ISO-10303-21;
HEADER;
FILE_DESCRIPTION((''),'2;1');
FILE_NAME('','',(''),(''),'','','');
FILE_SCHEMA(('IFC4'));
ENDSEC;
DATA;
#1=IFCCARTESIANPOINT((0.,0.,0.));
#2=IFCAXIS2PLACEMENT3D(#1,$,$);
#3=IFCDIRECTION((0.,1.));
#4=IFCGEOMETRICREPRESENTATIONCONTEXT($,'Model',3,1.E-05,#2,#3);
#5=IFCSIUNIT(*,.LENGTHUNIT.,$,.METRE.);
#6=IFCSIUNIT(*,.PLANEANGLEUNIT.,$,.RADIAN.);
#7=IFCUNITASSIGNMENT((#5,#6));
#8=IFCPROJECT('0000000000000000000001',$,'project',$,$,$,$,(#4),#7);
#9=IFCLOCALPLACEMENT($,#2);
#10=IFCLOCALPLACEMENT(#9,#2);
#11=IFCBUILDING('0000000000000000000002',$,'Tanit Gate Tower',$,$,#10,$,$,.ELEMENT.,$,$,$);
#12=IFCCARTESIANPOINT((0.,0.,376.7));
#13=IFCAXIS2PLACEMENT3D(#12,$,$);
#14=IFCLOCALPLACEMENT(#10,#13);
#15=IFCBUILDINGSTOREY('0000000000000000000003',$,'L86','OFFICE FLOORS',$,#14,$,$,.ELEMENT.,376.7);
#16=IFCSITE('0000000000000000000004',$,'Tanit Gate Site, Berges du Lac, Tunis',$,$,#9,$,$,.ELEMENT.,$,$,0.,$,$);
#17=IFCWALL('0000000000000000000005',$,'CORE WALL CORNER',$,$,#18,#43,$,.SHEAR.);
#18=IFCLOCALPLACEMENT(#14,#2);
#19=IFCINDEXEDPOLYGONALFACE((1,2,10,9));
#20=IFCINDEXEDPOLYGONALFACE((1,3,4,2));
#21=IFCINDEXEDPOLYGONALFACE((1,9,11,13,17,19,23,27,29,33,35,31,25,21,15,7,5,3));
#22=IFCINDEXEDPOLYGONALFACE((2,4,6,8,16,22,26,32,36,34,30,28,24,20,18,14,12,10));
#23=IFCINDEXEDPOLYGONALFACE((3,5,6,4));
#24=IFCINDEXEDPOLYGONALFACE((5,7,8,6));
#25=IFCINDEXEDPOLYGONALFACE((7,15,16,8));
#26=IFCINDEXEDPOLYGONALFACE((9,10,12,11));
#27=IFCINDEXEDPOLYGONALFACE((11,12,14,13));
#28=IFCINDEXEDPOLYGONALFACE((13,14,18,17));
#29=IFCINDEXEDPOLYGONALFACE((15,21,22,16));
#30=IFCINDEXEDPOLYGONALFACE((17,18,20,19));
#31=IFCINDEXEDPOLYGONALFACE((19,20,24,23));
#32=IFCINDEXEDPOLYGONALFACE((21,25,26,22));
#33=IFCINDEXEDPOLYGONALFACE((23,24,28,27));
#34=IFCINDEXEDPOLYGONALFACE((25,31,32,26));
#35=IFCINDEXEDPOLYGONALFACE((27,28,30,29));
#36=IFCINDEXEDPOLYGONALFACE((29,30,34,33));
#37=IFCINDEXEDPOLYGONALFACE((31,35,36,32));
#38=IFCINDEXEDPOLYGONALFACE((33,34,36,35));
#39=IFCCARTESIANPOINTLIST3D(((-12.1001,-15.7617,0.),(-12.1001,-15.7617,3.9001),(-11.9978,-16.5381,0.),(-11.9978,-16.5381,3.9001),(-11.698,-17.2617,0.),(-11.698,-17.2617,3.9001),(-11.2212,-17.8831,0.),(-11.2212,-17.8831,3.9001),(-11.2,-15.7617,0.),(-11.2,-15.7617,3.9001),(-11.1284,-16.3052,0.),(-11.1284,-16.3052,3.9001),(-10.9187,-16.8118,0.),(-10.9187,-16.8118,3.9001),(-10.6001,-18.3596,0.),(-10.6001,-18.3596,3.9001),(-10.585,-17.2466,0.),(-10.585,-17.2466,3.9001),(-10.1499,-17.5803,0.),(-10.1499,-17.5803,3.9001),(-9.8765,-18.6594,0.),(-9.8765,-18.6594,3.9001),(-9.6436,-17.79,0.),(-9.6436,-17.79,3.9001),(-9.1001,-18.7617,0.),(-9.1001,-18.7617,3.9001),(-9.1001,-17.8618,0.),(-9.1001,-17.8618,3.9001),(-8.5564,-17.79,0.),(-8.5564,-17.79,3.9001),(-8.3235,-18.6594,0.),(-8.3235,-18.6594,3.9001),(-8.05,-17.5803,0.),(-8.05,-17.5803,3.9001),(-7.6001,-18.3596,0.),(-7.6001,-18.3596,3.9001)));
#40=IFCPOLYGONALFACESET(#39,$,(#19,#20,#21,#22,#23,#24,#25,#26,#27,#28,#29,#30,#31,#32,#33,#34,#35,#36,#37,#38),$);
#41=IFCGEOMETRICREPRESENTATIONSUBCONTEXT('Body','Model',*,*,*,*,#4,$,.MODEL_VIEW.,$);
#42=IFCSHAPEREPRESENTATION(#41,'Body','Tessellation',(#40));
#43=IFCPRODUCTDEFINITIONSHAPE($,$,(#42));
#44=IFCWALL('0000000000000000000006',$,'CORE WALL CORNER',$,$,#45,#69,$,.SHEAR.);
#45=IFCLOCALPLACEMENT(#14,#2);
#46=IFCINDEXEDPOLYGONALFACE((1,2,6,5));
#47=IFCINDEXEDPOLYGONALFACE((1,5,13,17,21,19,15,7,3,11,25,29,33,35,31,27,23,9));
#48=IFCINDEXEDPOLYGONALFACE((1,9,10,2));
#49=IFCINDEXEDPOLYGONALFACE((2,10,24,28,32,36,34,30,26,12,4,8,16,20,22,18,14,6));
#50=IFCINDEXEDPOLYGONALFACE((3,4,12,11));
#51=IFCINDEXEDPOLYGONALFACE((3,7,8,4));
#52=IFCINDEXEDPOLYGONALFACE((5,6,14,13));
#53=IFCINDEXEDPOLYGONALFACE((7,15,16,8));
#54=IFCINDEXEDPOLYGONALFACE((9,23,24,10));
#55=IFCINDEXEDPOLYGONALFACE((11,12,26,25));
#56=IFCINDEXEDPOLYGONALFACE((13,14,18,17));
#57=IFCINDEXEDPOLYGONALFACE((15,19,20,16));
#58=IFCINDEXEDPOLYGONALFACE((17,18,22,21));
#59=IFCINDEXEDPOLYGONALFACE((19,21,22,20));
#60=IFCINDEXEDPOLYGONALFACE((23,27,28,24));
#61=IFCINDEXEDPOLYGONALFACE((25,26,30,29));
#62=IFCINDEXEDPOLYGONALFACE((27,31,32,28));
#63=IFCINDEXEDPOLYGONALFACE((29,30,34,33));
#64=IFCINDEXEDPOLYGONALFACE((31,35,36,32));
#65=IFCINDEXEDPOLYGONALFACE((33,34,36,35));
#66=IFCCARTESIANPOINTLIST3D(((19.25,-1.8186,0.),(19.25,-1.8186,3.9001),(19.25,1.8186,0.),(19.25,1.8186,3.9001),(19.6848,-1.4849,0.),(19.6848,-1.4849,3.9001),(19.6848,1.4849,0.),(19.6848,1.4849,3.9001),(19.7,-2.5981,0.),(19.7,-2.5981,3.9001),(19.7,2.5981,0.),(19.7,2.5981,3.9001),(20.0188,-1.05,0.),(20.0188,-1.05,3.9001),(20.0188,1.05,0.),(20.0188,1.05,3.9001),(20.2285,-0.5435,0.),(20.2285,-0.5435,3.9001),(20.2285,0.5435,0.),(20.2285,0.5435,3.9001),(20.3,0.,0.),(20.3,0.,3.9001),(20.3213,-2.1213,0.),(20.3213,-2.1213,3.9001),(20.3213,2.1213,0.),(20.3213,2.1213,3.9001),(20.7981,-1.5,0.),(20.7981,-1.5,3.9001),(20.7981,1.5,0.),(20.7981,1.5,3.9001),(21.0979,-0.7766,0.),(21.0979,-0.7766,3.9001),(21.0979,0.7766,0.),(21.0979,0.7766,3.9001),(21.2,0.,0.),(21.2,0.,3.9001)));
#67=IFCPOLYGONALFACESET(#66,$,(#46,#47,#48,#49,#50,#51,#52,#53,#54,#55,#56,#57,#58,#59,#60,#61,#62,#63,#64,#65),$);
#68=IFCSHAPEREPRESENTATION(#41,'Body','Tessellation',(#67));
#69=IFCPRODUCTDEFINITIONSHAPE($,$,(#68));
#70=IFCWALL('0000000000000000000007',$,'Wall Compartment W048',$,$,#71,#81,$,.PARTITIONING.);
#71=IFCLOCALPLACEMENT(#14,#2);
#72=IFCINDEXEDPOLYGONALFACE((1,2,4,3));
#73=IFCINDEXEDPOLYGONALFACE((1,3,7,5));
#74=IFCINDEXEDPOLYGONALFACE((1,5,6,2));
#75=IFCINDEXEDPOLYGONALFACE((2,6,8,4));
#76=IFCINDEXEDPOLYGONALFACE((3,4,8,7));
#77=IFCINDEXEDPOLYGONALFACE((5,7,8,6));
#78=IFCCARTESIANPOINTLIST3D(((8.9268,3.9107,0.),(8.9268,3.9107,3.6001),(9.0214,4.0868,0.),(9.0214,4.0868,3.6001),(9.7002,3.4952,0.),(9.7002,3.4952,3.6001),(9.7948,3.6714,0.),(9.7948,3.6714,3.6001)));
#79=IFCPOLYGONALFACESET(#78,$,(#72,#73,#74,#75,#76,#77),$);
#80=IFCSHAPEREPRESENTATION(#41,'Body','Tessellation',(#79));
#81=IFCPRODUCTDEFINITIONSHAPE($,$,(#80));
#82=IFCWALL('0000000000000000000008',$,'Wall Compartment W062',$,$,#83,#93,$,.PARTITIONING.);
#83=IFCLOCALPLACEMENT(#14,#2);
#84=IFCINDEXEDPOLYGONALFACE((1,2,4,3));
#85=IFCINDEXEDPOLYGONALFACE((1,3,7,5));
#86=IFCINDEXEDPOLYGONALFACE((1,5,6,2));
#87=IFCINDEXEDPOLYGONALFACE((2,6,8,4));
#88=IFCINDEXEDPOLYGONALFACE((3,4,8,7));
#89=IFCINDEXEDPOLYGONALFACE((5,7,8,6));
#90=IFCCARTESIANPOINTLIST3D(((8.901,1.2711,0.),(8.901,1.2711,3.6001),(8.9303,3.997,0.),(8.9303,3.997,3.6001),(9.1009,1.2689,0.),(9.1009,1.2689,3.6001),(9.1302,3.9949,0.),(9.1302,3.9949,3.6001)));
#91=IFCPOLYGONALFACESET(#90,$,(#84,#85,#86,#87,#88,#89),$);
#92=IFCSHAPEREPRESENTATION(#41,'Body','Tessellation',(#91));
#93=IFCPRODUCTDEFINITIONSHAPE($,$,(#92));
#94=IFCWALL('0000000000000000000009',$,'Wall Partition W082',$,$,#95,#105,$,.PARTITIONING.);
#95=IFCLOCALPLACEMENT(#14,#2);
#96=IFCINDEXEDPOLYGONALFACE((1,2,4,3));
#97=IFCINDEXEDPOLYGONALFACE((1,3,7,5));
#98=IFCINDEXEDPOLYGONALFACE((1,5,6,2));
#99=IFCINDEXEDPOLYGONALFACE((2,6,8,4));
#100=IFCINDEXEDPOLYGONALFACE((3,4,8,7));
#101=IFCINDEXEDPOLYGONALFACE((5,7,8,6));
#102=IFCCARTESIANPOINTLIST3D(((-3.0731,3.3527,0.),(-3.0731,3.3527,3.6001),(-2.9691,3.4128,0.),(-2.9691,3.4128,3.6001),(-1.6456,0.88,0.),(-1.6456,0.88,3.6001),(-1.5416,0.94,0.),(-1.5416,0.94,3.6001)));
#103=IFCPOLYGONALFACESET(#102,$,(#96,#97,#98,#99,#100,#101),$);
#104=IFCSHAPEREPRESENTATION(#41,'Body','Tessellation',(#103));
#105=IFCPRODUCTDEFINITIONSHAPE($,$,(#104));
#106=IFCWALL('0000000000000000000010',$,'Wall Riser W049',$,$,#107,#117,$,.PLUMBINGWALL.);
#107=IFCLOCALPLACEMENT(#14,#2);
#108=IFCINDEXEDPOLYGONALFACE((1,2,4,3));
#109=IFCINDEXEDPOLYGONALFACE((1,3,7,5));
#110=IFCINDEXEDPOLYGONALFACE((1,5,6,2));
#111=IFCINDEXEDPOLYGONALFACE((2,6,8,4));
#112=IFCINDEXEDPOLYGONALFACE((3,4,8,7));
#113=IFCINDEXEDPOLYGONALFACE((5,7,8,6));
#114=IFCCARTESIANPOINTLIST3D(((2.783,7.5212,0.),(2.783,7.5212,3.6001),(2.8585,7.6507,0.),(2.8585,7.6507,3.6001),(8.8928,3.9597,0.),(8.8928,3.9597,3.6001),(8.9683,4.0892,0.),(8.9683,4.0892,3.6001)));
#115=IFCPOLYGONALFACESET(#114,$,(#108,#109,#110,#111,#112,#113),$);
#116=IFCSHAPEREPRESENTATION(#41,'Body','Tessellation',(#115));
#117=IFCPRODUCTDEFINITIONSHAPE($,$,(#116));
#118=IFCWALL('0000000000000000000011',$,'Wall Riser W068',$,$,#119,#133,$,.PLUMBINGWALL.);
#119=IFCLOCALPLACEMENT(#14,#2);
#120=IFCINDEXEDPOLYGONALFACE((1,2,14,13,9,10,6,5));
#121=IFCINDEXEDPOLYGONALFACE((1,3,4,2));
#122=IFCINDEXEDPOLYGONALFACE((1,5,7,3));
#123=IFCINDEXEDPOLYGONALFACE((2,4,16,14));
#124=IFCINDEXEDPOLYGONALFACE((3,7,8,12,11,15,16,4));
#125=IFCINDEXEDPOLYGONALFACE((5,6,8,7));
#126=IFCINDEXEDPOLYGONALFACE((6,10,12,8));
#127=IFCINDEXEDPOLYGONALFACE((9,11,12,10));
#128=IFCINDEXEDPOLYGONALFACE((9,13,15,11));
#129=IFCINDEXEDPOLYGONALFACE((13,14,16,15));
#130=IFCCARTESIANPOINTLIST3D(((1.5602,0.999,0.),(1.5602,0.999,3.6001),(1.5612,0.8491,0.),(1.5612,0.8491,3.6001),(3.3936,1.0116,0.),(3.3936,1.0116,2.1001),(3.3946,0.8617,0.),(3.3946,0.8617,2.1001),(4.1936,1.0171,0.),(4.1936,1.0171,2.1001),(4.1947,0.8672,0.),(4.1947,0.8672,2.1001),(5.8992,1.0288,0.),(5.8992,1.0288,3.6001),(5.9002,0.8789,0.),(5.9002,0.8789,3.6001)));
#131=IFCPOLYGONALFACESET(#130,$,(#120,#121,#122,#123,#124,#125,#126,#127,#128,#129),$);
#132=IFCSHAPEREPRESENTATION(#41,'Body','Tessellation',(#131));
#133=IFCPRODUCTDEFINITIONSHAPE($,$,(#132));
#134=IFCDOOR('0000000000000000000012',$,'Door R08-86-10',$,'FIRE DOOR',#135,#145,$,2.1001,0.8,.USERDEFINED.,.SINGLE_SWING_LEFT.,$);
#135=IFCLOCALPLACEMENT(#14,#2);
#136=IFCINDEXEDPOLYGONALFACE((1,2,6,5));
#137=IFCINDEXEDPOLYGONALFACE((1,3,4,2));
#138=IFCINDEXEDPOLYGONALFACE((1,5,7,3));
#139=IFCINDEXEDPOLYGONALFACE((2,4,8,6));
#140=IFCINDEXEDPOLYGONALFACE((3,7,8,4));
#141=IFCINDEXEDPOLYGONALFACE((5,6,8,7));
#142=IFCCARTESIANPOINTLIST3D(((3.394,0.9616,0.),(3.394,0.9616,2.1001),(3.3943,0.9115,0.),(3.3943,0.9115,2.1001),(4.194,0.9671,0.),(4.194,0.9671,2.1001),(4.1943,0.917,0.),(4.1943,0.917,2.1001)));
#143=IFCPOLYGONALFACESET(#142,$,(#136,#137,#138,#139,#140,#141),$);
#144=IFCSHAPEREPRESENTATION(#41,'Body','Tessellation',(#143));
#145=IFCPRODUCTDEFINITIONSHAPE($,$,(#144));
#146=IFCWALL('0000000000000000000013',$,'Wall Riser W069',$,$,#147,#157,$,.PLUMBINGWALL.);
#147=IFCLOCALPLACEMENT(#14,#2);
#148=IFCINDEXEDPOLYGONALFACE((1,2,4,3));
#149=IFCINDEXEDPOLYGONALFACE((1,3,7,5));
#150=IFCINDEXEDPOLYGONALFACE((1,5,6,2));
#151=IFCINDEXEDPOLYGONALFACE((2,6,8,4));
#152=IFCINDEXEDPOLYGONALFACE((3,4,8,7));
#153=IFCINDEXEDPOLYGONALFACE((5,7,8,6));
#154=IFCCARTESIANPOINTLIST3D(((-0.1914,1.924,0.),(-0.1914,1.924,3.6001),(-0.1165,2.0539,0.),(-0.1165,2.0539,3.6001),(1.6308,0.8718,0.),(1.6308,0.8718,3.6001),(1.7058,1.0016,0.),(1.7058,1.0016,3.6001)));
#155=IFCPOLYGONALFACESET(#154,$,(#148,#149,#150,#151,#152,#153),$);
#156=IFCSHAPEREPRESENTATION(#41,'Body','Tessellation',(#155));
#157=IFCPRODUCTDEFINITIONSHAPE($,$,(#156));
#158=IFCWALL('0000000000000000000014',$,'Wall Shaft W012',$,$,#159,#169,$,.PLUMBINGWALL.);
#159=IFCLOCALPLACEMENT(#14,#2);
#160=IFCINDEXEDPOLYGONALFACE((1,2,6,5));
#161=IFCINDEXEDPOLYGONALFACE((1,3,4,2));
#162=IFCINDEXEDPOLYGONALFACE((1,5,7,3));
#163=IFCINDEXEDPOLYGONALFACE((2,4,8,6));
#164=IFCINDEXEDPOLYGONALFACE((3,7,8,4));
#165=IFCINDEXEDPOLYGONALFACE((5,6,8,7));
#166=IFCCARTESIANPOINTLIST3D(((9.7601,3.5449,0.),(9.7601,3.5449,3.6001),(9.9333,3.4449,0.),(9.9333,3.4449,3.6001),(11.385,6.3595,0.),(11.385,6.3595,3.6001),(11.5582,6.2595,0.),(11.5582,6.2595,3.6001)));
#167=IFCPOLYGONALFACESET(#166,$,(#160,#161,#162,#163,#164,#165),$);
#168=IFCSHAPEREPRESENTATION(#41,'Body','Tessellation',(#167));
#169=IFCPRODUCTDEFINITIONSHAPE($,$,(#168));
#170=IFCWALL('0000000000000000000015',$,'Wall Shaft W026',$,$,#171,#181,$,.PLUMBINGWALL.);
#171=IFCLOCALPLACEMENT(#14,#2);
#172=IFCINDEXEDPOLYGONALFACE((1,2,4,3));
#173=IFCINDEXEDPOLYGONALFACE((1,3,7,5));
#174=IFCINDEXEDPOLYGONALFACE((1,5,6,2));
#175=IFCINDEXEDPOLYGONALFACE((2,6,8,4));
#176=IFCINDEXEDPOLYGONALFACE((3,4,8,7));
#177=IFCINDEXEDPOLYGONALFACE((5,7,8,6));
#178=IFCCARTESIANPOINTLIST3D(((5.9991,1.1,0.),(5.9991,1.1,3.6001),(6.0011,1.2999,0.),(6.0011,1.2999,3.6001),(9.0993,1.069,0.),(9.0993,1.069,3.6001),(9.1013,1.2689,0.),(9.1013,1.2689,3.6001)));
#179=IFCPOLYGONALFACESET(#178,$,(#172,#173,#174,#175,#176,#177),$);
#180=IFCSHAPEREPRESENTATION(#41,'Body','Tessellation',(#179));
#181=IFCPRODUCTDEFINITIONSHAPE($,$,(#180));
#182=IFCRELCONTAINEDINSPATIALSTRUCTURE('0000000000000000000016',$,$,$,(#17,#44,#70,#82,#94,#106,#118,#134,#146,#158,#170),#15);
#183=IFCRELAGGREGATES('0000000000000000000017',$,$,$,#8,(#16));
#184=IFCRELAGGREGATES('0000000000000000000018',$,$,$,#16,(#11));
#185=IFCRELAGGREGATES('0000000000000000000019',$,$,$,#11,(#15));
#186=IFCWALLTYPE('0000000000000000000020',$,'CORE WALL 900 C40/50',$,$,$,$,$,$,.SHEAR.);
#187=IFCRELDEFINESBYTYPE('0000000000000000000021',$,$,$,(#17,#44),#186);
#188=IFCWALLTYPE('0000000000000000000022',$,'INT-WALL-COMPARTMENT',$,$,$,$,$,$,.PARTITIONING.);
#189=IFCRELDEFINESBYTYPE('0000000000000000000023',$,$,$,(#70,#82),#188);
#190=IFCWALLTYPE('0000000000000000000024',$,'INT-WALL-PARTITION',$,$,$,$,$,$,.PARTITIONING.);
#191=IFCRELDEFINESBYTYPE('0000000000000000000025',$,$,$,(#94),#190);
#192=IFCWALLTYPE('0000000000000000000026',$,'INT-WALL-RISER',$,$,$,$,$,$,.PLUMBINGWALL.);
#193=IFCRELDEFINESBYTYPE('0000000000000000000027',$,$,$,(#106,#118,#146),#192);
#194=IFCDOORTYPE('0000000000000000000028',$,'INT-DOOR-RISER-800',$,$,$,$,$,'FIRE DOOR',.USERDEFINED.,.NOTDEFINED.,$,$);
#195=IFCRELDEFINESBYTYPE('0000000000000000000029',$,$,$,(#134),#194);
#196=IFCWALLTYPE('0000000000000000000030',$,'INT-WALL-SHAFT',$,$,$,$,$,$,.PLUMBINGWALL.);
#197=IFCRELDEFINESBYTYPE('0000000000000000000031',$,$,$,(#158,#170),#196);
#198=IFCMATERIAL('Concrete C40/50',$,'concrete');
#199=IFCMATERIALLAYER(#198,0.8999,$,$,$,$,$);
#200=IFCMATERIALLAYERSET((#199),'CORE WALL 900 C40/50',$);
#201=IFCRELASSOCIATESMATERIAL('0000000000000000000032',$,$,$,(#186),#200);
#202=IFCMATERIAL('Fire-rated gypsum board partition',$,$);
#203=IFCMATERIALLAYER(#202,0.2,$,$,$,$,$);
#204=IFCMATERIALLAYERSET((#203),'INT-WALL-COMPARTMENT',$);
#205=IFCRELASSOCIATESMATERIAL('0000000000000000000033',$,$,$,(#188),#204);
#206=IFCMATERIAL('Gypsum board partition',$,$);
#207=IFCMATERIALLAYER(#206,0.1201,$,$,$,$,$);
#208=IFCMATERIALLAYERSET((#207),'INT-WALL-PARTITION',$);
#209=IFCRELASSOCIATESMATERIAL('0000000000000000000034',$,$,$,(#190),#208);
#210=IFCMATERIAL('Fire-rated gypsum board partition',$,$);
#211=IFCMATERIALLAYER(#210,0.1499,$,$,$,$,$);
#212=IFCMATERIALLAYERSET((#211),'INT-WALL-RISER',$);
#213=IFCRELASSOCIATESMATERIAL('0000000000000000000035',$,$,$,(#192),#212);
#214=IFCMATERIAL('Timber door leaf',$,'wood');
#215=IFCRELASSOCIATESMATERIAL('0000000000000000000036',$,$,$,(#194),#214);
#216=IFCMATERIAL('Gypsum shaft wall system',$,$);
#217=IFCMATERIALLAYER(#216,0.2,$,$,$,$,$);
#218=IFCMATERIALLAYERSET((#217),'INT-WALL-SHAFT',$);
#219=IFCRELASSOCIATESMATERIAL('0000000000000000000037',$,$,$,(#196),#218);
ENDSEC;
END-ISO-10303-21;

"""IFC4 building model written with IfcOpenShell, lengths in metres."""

from ifc_helpers import new_model, si_unit, direction, frame, frame_2d, origin, place, context, subcontext, project, spatial, polyline, rectangle, outline, extrude, material, layer, layer_set, type_object, element, fill, save


model = new_model("IFC4")

# Units and contexts
model_context = context("Model", 3, precision=1e-05, world=origin(), true_north=direction((0.0, 1.0)))
body_context = subcontext(model_context, "Body", "Model", "MODEL_VIEW")
ifc_project = project(units=[si_unit("LENGTHUNIT", "METRE"), si_unit("PLANEANGLEUNIT", "RADIAN")], contexts=[model_context])

# Site, building, storey
site_placement = place(None, origin())
site = spatial("IfcSite", under=ifc_project, at=site_placement, Name="Tanit Gate Site, Berges du Lac, Tunis", CompositionType="ELEMENT", RefElevation=0.0)
building_placement = place(site_placement, origin())
building = spatial("IfcBuilding", under=site, at=building_placement, Name="Tanit Gate Tower", CompositionType="ELEMENT")
storey_placement = place(building_placement, frame((0.0, 0.0, 376.7)))
storey = spatial("IfcBuildingStorey", under=building, at=storey_placement, Name="L86", Description="OFFICE FLOORS", CompositionType="ELEMENT", Elevation=376.7)

# Walls
ifc_material_1 = material(Name="Concrete C40/50", Category="concrete")
ifc_layer_1 = layer(ifc_material_1, 0.8999)
ifc_layer_set_1 = layer_set([ifc_layer_1], Name="CORE WALL 900 C40/50")
wall_type_1 = type_object("IfcWallType", Name="CORE WALL 900 C40/50", PredefinedType="SHEAR", material=ifc_layer_set_1)
wall_1_placement = place(storey_placement, origin())
element("IfcWall", 1, at=wall_1_placement, inside=storey, type_object=wall_type_1, Name="CORE WALL CORNER", PredefinedType="SHEAR", context=body_context, shape_type="SweptSolid", body=[
    extrude(outline(polyline([(-12.1001, -15.7617), (-11.9978, -16.5381), (-11.698, -17.2617), (-11.2212, -17.8831), (-10.6001, -18.3596), (-9.8765, -18.6594), (-9.1001, -18.7617), (-8.3235, -18.6594), (-7.6001, -18.3596), (-8.05, -17.5803), (-8.5564, -17.79), (-9.1001, -17.8618), (-9.6436, -17.79), (-10.1499, -17.5803), (-10.585, -17.2466), (-10.9187, -16.8118), (-11.1284, -16.3052), (-11.2, -15.7617), (-12.1001, -15.7617)])), origin(), (0.0, 0.0, 1.0), 3.9001),
])
wall_2_placement = place(storey_placement, origin())
element("IfcWall", 2, at=wall_2_placement, inside=storey, type_object=wall_type_1, Name="CORE WALL CORNER", PredefinedType="SHEAR", context=body_context, shape_type="SweptSolid", body=[
    extrude(outline(polyline([(19.7, -2.5981), (20.3213, -2.1213), (20.7981, -1.5), (21.0979, -0.7766), (21.2, 0.0), (21.0979, 0.7766), (20.7981, 1.5), (20.3213, 2.1213), (19.7, 2.5981), (19.25, 1.8186), (19.6848, 1.4849), (20.0188, 1.05), (20.2285, 0.5435), (20.3, 0.0), (20.2285, -0.5435), (20.0188, -1.05), (19.6848, -1.4849), (19.25, -1.8186), (19.7, -2.5981)])), origin(), (0.0, 0.0, 1.0), 3.9001),
])
ifc_material_2 = material(Name="Fire-rated gypsum board partition")
ifc_layer_2 = layer(ifc_material_2, 0.2)
ifc_layer_set_2 = layer_set([ifc_layer_2], Name="INT-WALL-COMPARTMENT")
wall_type_2 = type_object("IfcWallType", Name="INT-WALL-COMPARTMENT", PredefinedType="PARTITIONING", material=ifc_layer_set_2)
wall_3_placement = place(storey_placement, frame((8.9741, 3.9988, 0.0), z_axis=(0.0, 0.0, 1.0), x_axis=(0.880917, -0.473271, 0.0)))
element("IfcWall", 3, at=wall_3_placement, inside=storey, type_object=wall_type_2, Name="Wall Compartment W048", PredefinedType="PARTITIONING", context=body_context, shape_type="SweptSolid", body=[
    extrude(rectangle(XDim=0.8779, YDim=0.2, at=frame_2d((0.439, 0.0))), origin(), (0.0, 0.0, 1.0), 3.6001),
])
wall_4_placement = place(storey_placement, frame((9.001, 1.27, 0.0), z_axis=(0.0, 0.0, 1.0), x_axis=(0.010747, 0.999942, 0.0)))
element("IfcWall", 4, at=wall_4_placement, inside=storey, type_object=wall_type_2, Name="Wall Compartment W062", PredefinedType="PARTITIONING", context=body_context, shape_type="SweptSolid", body=[
    extrude(rectangle(XDim=2.7261, YDim=0.2, at=frame_2d((1.363, 0.0))), origin(), (0.0, 0.0, 1.0), 3.6001),
])
ifc_material_3 = material(Name="Gypsum board partition")
ifc_layer_3 = layer(ifc_material_3, 0.1201)
ifc_layer_set_3 = layer_set([ifc_layer_3], Name="INT-WALL-PARTITION")
wall_type_3 = type_object("IfcWallType", Name="INT-WALL-PARTITION", PredefinedType="PARTITIONING", material=ifc_layer_set_3)
wall_5_placement = place(storey_placement, frame((-1.5935, 0.9099, 0.0), z_axis=(0.0, 0.0, 1.0), x_axis=(-0.499974, 0.86604, 0.0)))
element("IfcWall", 5, at=wall_5_placement, inside=storey, type_object=wall_type_3, Name="Wall Partition W082", PredefinedType="PARTITIONING", context=body_context, shape_type="SweptSolid", body=[
    extrude(rectangle(XDim=2.8552, YDim=0.1201, at=frame_2d((1.4277, 0.0))), origin(), (0.0, 0.0, 1.0), 3.6001),
])
ifc_material_4 = material(Name="Fire-rated gypsum board partition")
ifc_layer_4 = layer(ifc_material_4, 0.1499)
ifc_layer_set_4 = layer_set([ifc_layer_4], Name="INT-WALL-RISER")
wall_type_4 = type_object("IfcWallType", Name="INT-WALL-RISER", PredefinedType="PLUMBINGWALL", material=ifc_layer_set_4)
wall_6_placement = place(storey_placement, frame((8.9307, 4.0244, 0.0), z_axis=(0.0, 0.0, 1.0), x_axis=(-0.863937, 0.503601, 0.0)))
element("IfcWall", 6, at=wall_6_placement, inside=storey, type_object=wall_type_4, Name="Wall Riser W049", PredefinedType="PLUMBINGWALL", context=body_context, shape_type="SweptSolid", body=[
    extrude(rectangle(XDim=7.072, YDim=0.1499, at=frame_2d((3.5361, 0.0))), origin(), (0.0, 0.0, 1.0), 3.6001),
])

# Wall, opening, door
wall_7_placement = place(storey_placement, frame((1.5608, 0.9241, 0.0), z_axis=(0.0, 0.0, 1.0), x_axis=(0.999976, 0.006864, 0.0)))
wall_7 = element("IfcWall", 7, at=wall_7_placement, inside=storey, type_object=wall_type_4, Name="Wall Riser W068", PredefinedType="PLUMBINGWALL", context=body_context, shape_type="SweptSolid", body=[
    extrude(rectangle(XDim=4.3391, YDim=0.1499, at=frame_2d((2.1694, 0.0))), origin(), (0.0, 0.0, 1.0), 3.6001),
])
opening_1_placement = place(wall_7_placement, frame((1.8335, 0.0, 0.0)))
opening_1 = element("IfcOpeningElement", 8, at=opening_1_placement, cuts=wall_7, PredefinedType="OPENING", context=body_context, shape_type="SweptSolid", body=[
    extrude(rectangle(XDim=0.8, YDim=2.1001, at=frame_2d((0.3999, 1.05))), frame((0.0, 0.085, 0.0), z_axis=(0.0, -1.0, 0.0), x_axis=(1.0, 0.0, 0.0)), (0.0, 0.0, 1.0), 0.1699),
])
ifc_material_5 = material(Name="Timber door leaf", Category="wood")
door_type_1 = type_object("IfcDoorType", Name="INT-DOOR-RISER-800", ElementType="FIRE DOOR", OperationType="NOTDEFINED", PredefinedType="USERDEFINED", material=ifc_material_5)
door_1_placement = place(opening_1_placement, origin())
door_1 = element("IfcDoor", 9, at=door_1_placement, inside=storey, type_object=door_type_1, Name="Door R08-86-10", ObjectType="FIRE DOOR", OperationType="SINGLE_SWING_LEFT", OverallHeight=2.1001, OverallWidth=0.8, PredefinedType="USERDEFINED", context=body_context, shape_type="SweptSolid", body=[
    extrude(rectangle(XDim=0.8, YDim=2.1001, at=frame_2d((0.3999, 1.05))), frame((0.0, 0.0249, 0.0), z_axis=(0.0, -1.0, 0.0), x_axis=(1.0, 0.0, 0.0)), (0.0, 0.0, 1.0), 0.05),
])
fill(opening_1, door_1)

# Walls
wall_8_placement = place(storey_placement, frame((-0.1541, 1.989, 0.0), z_axis=(0.0, 0.0, 1.0), x_axis=(0.865992, -0.500057, 0.0)))
element("IfcWall", 10, at=wall_8_placement, inside=storey, type_object=wall_type_4, Name="Wall Riser W069", PredefinedType="PLUMBINGWALL", context=body_context, shape_type="SweptSolid", body=[
    extrude(rectangle(XDim=2.1042, YDim=0.1499, at=frame_2d((1.0522, 0.0))), origin(), (0.0, 0.0, 1.0), 3.6001),
])
ifc_material_6 = material(Name="Gypsum shaft wall system")
ifc_layer_5 = layer(ifc_material_6, 0.2)
ifc_layer_set_5 = layer_set([ifc_layer_5], Name="INT-WALL-SHAFT")
wall_type_5 = type_object("IfcWallType", Name="INT-WALL-SHAFT", PredefinedType="PLUMBINGWALL", material=ifc_layer_set_5)
wall_9_placement = place(storey_placement, frame((9.8467, 3.4949, 0.0), z_axis=(0.0, 0.0, 1.0), x_axis=(0.499985, 0.866034, 0.0)))
element("IfcWall", 11, at=wall_9_placement, inside=storey, type_object=wall_type_5, Name="Wall Shaft W012", PredefinedType="PLUMBINGWALL", context=body_context, shape_type="SweptSolid", body=[
    extrude(rectangle(XDim=3.25, YDim=0.2, at=frame_2d((1.625, 0.0))), origin(), (0.0, 0.0, 1.0), 3.6001),
])

# Wall
wall_10_placement = place(storey_placement, frame((6.0, 1.2, 0.0), z_axis=(0.0, 0.0, 1.0), x_axis=(0.99995, -0.010001, 0.0)))
element("IfcWall", 12, at=wall_10_placement, inside=storey, type_object=wall_type_5, Name="Wall Shaft W026", PredefinedType="PLUMBINGWALL", context=body_context, shape_type="SweptSolid", body=[
    extrude(rectangle(XDim=3.1003, YDim=0.2, at=frame_2d((1.5503, 0.0))), origin(), (0.0, 0.0, 1.0), 3.6001),
])

save(model, "model.ifc")
